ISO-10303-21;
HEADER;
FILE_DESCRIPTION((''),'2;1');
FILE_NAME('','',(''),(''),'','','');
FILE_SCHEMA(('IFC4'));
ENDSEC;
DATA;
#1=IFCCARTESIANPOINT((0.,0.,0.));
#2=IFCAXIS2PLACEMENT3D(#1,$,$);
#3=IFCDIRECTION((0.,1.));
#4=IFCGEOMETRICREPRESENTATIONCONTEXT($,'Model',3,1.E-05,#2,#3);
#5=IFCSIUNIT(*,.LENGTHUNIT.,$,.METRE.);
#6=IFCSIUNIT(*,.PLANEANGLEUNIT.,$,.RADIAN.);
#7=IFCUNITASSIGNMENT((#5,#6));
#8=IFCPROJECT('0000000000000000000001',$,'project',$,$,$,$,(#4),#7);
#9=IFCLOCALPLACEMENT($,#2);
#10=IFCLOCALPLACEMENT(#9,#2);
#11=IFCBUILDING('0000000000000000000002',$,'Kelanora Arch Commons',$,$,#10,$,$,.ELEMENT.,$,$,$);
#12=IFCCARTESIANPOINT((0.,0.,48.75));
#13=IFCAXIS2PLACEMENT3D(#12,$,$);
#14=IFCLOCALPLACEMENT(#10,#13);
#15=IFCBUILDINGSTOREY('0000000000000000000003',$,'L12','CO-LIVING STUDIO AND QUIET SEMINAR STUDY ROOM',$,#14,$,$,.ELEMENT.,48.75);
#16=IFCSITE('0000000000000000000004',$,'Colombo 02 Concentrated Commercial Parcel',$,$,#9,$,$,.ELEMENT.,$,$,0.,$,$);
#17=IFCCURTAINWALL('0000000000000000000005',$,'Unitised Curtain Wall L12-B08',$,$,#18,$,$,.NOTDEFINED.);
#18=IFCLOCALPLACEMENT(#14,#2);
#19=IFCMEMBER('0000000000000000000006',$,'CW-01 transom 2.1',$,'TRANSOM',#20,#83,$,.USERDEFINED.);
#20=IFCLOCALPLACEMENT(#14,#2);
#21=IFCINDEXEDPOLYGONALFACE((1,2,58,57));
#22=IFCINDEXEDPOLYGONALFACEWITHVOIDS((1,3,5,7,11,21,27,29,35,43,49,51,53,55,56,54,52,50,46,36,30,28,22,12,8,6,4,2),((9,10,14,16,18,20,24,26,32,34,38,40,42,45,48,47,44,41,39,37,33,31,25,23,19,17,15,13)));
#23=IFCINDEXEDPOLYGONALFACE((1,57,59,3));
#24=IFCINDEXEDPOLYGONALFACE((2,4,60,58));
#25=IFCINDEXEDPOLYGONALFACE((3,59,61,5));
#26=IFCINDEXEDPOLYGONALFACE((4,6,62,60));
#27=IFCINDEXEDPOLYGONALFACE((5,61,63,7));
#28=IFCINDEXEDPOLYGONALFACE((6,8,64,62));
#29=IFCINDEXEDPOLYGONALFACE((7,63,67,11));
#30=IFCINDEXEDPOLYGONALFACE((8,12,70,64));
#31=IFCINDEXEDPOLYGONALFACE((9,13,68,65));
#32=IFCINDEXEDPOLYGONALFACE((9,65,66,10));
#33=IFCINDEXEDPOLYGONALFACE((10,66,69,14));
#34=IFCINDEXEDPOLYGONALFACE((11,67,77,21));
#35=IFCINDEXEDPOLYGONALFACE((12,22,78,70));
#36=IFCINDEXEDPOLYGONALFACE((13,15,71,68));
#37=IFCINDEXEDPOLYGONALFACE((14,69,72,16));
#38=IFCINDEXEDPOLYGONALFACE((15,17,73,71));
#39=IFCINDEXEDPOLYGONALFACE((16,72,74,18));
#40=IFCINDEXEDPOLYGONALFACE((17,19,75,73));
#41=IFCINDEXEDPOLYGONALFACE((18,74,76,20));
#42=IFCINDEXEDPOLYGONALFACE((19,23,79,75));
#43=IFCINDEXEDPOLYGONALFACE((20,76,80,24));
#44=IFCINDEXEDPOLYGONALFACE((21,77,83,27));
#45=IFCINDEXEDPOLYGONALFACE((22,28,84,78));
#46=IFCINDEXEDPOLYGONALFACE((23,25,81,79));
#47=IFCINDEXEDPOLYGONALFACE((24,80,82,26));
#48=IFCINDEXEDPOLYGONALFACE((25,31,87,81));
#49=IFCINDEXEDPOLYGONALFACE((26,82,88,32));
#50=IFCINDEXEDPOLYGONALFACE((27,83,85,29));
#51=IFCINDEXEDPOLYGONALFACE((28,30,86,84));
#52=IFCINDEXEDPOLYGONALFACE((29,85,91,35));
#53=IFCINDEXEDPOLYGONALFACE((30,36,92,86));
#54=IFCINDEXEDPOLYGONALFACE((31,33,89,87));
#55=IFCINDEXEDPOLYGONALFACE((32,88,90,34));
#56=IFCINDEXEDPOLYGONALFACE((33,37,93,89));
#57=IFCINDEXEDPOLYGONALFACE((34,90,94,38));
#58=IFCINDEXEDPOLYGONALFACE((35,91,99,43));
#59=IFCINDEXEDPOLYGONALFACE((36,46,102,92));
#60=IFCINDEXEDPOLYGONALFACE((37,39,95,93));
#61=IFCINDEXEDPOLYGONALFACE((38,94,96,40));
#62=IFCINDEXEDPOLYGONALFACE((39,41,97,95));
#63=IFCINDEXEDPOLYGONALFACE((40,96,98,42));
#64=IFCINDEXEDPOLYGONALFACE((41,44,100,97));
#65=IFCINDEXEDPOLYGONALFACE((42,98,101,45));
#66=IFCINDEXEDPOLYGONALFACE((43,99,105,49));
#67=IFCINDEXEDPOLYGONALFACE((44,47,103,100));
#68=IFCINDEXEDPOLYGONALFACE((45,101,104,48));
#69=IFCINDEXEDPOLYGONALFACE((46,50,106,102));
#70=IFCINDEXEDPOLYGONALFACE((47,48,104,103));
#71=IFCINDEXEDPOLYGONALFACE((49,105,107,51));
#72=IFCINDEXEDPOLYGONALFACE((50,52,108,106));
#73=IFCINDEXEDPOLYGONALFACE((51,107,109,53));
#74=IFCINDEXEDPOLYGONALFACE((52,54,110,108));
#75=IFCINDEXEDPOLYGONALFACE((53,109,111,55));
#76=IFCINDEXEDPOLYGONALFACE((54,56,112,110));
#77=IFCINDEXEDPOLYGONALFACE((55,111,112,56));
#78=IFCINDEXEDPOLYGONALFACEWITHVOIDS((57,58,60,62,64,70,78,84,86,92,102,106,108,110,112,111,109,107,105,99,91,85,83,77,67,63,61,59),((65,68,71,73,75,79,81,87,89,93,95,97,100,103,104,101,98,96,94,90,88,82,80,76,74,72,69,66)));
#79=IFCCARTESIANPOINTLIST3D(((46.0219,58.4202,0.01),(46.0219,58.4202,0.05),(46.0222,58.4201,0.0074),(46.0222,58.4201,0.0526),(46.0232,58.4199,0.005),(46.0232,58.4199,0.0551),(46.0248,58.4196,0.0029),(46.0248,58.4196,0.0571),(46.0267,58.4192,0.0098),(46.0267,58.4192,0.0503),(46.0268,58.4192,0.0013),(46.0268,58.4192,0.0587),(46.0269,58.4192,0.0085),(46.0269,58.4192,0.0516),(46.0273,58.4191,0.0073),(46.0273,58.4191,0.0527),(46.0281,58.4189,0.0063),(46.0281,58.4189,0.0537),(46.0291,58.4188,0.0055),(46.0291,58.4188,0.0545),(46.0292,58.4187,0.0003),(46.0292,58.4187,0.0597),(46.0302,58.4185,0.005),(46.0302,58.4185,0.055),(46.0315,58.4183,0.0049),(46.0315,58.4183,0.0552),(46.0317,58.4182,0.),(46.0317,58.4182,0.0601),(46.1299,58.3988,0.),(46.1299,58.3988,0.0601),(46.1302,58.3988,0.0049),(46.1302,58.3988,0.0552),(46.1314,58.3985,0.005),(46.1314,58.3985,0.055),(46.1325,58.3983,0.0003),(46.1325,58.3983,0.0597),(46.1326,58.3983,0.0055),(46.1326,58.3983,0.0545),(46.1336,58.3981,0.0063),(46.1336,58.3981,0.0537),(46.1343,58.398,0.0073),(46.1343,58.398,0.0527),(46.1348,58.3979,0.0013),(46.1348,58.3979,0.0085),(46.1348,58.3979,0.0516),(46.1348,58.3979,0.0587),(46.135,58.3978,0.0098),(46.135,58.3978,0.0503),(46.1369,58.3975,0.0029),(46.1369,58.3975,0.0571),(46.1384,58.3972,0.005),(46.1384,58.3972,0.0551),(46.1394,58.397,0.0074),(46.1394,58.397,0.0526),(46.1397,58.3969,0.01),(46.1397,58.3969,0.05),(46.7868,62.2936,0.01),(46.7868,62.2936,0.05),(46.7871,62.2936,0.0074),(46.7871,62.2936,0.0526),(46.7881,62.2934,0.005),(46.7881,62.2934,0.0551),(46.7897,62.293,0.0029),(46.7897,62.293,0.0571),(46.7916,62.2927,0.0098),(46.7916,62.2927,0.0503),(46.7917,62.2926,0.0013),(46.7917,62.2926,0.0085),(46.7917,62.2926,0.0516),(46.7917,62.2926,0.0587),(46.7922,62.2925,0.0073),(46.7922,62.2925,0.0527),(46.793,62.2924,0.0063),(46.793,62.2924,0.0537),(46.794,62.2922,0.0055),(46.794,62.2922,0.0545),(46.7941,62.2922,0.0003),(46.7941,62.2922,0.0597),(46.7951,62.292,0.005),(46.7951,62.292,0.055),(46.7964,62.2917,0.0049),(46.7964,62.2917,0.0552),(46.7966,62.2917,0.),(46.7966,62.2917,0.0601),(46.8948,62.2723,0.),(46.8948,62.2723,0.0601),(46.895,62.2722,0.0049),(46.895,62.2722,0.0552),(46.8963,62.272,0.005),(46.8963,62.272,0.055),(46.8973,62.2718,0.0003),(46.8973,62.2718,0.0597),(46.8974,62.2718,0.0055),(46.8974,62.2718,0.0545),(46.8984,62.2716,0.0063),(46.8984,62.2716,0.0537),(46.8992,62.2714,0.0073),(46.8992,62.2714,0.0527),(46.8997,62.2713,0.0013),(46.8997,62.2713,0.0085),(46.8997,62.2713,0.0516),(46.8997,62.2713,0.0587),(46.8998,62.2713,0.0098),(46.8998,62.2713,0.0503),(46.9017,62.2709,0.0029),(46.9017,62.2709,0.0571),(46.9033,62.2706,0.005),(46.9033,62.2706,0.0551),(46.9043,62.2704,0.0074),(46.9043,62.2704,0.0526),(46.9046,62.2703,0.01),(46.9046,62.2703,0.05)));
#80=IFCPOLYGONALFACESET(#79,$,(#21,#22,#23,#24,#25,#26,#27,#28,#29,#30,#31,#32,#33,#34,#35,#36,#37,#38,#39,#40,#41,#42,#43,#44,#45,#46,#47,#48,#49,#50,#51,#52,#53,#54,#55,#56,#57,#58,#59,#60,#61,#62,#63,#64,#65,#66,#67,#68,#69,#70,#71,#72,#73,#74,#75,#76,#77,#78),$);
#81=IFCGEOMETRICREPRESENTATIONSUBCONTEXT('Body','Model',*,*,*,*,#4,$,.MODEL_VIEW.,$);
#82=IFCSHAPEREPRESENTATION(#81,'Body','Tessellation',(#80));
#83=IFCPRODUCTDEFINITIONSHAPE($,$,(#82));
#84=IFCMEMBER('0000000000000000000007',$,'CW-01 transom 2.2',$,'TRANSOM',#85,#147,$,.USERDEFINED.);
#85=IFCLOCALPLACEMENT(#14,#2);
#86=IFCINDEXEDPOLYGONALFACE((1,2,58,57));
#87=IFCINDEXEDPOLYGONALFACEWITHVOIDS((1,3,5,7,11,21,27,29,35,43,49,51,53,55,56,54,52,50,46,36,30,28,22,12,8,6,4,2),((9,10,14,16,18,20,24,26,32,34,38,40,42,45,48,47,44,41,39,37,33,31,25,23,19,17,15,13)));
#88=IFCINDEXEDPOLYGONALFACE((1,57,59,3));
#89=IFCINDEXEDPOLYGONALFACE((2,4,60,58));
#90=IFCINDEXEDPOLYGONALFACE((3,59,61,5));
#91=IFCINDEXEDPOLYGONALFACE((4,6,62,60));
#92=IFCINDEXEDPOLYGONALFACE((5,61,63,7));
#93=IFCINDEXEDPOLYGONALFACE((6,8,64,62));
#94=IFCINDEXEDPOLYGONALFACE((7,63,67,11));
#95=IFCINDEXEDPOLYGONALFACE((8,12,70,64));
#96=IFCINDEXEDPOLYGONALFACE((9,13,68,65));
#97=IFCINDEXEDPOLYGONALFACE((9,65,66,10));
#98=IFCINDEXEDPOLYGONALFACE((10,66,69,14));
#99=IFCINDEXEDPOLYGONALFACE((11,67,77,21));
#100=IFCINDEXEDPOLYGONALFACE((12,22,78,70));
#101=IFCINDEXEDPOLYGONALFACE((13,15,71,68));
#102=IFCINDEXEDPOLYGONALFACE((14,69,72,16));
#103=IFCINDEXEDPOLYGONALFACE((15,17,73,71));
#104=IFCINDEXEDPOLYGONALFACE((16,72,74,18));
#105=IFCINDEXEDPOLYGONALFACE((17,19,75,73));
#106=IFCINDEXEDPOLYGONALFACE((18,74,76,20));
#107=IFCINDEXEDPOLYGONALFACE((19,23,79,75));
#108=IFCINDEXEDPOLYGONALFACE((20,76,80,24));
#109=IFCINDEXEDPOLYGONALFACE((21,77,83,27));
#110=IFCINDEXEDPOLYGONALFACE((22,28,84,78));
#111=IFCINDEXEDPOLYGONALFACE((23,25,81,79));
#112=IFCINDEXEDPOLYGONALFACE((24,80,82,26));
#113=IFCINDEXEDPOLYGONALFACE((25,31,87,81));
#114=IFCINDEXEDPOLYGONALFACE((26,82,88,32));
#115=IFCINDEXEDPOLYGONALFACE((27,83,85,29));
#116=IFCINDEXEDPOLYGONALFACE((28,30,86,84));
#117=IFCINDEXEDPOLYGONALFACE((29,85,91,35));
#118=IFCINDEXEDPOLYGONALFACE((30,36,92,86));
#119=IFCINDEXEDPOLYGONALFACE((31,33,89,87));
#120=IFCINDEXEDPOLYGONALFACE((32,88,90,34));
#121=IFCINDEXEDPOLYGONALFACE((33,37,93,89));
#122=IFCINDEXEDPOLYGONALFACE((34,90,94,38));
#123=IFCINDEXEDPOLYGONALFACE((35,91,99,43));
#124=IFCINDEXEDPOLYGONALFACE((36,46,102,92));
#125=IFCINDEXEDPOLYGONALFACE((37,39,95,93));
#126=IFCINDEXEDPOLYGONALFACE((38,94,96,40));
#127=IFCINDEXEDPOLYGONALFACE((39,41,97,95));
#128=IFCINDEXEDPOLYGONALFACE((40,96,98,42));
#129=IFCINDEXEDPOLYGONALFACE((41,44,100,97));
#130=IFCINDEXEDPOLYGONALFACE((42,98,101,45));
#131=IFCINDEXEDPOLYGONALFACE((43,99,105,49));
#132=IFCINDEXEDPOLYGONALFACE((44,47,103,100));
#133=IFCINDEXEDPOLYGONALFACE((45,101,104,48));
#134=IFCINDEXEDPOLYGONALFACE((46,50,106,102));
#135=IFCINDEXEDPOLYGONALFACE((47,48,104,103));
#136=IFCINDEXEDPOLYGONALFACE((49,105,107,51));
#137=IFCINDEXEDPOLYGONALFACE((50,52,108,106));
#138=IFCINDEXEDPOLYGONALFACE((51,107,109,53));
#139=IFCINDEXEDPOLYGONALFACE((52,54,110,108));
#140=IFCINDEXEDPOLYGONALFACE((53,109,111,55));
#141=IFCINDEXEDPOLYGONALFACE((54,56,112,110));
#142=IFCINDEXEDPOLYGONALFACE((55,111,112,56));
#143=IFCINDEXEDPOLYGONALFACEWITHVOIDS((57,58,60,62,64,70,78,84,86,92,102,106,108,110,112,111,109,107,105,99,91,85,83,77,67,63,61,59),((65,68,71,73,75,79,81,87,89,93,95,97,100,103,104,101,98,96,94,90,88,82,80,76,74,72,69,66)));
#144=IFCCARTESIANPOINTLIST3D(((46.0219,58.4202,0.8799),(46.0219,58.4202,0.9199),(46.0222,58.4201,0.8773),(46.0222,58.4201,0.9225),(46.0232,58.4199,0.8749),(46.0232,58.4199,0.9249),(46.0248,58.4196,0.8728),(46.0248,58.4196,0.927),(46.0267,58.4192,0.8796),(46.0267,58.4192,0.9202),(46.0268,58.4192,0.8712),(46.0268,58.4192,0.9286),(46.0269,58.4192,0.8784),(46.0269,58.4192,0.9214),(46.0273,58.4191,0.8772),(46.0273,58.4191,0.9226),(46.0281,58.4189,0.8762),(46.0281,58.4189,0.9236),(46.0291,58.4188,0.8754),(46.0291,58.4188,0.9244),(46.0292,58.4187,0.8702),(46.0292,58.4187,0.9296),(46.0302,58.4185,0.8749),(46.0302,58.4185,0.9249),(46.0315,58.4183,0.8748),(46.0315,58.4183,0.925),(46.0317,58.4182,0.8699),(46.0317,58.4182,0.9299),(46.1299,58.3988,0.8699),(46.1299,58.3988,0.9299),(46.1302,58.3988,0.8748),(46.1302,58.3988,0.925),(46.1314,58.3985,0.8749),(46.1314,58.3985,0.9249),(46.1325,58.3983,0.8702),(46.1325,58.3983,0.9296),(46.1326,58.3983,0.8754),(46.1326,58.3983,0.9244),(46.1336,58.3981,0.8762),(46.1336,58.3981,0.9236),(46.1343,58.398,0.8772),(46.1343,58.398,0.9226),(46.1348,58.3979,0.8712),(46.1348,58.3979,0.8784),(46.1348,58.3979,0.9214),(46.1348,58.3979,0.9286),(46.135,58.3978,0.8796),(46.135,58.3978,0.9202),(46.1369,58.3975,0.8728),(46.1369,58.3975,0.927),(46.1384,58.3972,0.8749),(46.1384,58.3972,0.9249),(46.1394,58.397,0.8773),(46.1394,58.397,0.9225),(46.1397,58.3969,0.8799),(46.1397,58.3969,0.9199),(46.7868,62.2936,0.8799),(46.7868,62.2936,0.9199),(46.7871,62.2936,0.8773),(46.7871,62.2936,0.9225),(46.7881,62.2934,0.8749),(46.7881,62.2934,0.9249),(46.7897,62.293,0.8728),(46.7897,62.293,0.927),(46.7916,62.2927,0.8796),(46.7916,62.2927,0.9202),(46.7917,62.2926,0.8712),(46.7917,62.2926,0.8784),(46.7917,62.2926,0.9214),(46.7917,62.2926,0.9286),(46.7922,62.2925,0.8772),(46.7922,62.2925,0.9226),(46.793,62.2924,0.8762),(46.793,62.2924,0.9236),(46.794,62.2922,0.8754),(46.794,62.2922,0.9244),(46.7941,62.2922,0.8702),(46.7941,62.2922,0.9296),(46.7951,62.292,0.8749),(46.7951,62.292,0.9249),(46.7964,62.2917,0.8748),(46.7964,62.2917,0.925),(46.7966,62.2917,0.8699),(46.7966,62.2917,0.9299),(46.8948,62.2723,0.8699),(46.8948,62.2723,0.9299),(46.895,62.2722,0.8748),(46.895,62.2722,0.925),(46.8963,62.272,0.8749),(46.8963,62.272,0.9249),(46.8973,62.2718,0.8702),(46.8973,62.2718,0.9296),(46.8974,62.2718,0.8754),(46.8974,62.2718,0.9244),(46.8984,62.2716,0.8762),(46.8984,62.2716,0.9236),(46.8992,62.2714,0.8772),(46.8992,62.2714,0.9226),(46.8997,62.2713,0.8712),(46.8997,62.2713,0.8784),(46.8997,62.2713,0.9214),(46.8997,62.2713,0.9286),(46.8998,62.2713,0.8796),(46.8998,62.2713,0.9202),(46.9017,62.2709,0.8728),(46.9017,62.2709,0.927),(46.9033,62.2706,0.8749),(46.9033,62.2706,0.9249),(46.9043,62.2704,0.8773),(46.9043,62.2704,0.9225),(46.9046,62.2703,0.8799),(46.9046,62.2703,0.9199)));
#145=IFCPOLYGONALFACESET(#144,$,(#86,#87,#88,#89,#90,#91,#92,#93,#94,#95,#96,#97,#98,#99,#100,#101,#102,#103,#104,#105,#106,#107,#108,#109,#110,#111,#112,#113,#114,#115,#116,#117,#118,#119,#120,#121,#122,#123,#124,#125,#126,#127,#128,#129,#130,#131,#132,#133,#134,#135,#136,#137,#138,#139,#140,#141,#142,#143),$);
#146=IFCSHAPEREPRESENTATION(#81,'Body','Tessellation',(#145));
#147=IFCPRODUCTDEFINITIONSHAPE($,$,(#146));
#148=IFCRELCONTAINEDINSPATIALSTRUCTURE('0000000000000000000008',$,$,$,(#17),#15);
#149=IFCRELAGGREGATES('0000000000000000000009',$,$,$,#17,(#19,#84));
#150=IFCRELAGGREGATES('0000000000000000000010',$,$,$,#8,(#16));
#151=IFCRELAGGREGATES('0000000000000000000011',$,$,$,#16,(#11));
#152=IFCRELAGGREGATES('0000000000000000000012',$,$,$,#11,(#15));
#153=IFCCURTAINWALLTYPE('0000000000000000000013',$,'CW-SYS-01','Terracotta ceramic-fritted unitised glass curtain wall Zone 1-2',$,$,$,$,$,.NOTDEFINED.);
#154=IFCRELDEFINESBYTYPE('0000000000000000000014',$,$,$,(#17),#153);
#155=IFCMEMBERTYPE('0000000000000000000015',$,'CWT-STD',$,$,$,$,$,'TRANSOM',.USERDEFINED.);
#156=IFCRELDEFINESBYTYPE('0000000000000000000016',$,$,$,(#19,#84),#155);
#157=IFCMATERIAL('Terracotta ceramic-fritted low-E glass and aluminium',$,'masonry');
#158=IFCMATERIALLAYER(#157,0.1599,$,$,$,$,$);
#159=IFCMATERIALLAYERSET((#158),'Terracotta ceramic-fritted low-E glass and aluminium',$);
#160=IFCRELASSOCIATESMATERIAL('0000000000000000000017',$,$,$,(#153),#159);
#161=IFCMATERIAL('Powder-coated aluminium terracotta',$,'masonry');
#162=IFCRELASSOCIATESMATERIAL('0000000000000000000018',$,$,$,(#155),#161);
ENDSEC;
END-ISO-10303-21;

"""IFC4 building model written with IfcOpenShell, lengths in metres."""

from ifc_helpers import new_model, si_unit, direction, frame, origin, origin_2d, place, context, subcontext, project, spatial, hollow_rectangle, extrude, material, layer, layer_set, material_profile, profile_set, type_object, element, aggregate, save


model = new_model("IFC4")

# Units and contexts
model_context = context("Model", 3, precision=1e-05, world=origin(), true_north=direction((0.0, 1.0)))
body_context = subcontext(model_context, "Body", "Model", "MODEL_VIEW")
ifc_project = project(units=[si_unit("LENGTHUNIT", "METRE"), si_unit("PLANEANGLEUNIT", "RADIAN")], contexts=[model_context])

# Site, building, storey
site_placement = place(None, origin())
site = spatial("IfcSite", under=ifc_project, at=site_placement, Name="Colombo 02 Concentrated Commercial Parcel", CompositionType="ELEMENT", RefElevation=0.0)
building_placement = place(site_placement, origin())
building = spatial("IfcBuilding", under=site, at=building_placement, Name="Kelanora Arch Commons", CompositionType="ELEMENT")
storey_placement = place(building_placement, frame((0.0, 0.0, 48.75)))
storey = spatial("IfcBuildingStorey", under=building, at=storey_placement, Name="L12", Description="CO-LIVING STUDIO AND QUIET SEMINAR STUDY ROOM", CompositionType="ELEMENT", Elevation=48.75)

# Curtain wall, members
ifc_material_1 = material(Name="Terracotta ceramic-fritted low-E glass and aluminium", Category="masonry")
ifc_layer_1 = layer(ifc_material_1, 0.1599)
ifc_layer_set_1 = layer_set([ifc_layer_1], Name="Terracotta ceramic-fritted low-E glass and aluminium")
curtain_wall_type = type_object("IfcCurtainWallType", Name="CW-SYS-01", Description="Terracotta ceramic-fritted unitised glass curtain wall Zone 1-2", PredefinedType="NOTDEFINED", material=ifc_layer_set_1)
curtain_wall_placement = place(storey_placement, origin())
curtain_wall = element("IfcCurtainWall", 1, at=curtain_wall_placement, inside=storey, type_object=curtain_wall_type, Name="Unitised Curtain Wall L12-B08", PredefinedType="NOTDEFINED")
ifc_material_2 = material(Name="Powder-coated aluminium terracotta", Category="masonry")
ifc_material_profile_1 = material_profile(ifc_material_2, hollow_rectangle(XDim=0.1201, YDim=0.0601, WallThickness=0.0049, InnerFilletRadius=0.0049, OuterFilletRadius=0.01, at=origin_2d()), Name="CWT120x60")
ifc_profile_set_1 = profile_set([ifc_material_profile_1], Name="Powder-coated aluminium terracotta")
member_type_1 = type_object("IfcMemberType", Name="CWT-STD", ElementType="TRANSOM", PredefinedType="USERDEFINED", material=ifc_profile_set_1)
member_1_placement = place(storey_placement, frame((46.8457, 62.282, 0.03), z_axis=(-0.193725, -0.981056, 0.0), x_axis=(0.981056, -0.193725, 0.0)))
member_1 = element("IfcMember", 2, at=member_1_placement, type_object=member_type_1, Name="CW-01 transom 2.1", ObjectType="TRANSOM", PredefinedType="USERDEFINED", context=body_context, shape_type="SweptSolid", body=[
    extrude(hollow_rectangle(XDim=0.1201, YDim=0.0601, WallThickness=0.0049, InnerFilletRadius=0.0049, OuterFilletRadius=0.01, at=origin_2d()), origin(), (0.0, 0.0, 1.0), 3.9482),
])
member_2_placement = place(storey_placement, frame((46.8457, 62.282, 0.8999), z_axis=(-0.193725, -0.981056, 0.0), x_axis=(0.981056, -0.193725, 0.0)))
member_2 = element("IfcMember", 3, at=member_2_placement, type_object=member_type_1, Name="CW-01 transom 2.2", ObjectType="TRANSOM", PredefinedType="USERDEFINED", context=body_context, shape_type="SweptSolid", body=[
    extrude(hollow_rectangle(XDim=0.1201, YDim=0.0601, WallThickness=0.0049, InnerFilletRadius=0.0049, OuterFilletRadius=0.01, at=origin_2d()), origin(), (0.0, 0.0, 1.0), 3.9482),
])
aggregate(curtain_wall, [member_1, member_2])

save(model, "model.ifc")
